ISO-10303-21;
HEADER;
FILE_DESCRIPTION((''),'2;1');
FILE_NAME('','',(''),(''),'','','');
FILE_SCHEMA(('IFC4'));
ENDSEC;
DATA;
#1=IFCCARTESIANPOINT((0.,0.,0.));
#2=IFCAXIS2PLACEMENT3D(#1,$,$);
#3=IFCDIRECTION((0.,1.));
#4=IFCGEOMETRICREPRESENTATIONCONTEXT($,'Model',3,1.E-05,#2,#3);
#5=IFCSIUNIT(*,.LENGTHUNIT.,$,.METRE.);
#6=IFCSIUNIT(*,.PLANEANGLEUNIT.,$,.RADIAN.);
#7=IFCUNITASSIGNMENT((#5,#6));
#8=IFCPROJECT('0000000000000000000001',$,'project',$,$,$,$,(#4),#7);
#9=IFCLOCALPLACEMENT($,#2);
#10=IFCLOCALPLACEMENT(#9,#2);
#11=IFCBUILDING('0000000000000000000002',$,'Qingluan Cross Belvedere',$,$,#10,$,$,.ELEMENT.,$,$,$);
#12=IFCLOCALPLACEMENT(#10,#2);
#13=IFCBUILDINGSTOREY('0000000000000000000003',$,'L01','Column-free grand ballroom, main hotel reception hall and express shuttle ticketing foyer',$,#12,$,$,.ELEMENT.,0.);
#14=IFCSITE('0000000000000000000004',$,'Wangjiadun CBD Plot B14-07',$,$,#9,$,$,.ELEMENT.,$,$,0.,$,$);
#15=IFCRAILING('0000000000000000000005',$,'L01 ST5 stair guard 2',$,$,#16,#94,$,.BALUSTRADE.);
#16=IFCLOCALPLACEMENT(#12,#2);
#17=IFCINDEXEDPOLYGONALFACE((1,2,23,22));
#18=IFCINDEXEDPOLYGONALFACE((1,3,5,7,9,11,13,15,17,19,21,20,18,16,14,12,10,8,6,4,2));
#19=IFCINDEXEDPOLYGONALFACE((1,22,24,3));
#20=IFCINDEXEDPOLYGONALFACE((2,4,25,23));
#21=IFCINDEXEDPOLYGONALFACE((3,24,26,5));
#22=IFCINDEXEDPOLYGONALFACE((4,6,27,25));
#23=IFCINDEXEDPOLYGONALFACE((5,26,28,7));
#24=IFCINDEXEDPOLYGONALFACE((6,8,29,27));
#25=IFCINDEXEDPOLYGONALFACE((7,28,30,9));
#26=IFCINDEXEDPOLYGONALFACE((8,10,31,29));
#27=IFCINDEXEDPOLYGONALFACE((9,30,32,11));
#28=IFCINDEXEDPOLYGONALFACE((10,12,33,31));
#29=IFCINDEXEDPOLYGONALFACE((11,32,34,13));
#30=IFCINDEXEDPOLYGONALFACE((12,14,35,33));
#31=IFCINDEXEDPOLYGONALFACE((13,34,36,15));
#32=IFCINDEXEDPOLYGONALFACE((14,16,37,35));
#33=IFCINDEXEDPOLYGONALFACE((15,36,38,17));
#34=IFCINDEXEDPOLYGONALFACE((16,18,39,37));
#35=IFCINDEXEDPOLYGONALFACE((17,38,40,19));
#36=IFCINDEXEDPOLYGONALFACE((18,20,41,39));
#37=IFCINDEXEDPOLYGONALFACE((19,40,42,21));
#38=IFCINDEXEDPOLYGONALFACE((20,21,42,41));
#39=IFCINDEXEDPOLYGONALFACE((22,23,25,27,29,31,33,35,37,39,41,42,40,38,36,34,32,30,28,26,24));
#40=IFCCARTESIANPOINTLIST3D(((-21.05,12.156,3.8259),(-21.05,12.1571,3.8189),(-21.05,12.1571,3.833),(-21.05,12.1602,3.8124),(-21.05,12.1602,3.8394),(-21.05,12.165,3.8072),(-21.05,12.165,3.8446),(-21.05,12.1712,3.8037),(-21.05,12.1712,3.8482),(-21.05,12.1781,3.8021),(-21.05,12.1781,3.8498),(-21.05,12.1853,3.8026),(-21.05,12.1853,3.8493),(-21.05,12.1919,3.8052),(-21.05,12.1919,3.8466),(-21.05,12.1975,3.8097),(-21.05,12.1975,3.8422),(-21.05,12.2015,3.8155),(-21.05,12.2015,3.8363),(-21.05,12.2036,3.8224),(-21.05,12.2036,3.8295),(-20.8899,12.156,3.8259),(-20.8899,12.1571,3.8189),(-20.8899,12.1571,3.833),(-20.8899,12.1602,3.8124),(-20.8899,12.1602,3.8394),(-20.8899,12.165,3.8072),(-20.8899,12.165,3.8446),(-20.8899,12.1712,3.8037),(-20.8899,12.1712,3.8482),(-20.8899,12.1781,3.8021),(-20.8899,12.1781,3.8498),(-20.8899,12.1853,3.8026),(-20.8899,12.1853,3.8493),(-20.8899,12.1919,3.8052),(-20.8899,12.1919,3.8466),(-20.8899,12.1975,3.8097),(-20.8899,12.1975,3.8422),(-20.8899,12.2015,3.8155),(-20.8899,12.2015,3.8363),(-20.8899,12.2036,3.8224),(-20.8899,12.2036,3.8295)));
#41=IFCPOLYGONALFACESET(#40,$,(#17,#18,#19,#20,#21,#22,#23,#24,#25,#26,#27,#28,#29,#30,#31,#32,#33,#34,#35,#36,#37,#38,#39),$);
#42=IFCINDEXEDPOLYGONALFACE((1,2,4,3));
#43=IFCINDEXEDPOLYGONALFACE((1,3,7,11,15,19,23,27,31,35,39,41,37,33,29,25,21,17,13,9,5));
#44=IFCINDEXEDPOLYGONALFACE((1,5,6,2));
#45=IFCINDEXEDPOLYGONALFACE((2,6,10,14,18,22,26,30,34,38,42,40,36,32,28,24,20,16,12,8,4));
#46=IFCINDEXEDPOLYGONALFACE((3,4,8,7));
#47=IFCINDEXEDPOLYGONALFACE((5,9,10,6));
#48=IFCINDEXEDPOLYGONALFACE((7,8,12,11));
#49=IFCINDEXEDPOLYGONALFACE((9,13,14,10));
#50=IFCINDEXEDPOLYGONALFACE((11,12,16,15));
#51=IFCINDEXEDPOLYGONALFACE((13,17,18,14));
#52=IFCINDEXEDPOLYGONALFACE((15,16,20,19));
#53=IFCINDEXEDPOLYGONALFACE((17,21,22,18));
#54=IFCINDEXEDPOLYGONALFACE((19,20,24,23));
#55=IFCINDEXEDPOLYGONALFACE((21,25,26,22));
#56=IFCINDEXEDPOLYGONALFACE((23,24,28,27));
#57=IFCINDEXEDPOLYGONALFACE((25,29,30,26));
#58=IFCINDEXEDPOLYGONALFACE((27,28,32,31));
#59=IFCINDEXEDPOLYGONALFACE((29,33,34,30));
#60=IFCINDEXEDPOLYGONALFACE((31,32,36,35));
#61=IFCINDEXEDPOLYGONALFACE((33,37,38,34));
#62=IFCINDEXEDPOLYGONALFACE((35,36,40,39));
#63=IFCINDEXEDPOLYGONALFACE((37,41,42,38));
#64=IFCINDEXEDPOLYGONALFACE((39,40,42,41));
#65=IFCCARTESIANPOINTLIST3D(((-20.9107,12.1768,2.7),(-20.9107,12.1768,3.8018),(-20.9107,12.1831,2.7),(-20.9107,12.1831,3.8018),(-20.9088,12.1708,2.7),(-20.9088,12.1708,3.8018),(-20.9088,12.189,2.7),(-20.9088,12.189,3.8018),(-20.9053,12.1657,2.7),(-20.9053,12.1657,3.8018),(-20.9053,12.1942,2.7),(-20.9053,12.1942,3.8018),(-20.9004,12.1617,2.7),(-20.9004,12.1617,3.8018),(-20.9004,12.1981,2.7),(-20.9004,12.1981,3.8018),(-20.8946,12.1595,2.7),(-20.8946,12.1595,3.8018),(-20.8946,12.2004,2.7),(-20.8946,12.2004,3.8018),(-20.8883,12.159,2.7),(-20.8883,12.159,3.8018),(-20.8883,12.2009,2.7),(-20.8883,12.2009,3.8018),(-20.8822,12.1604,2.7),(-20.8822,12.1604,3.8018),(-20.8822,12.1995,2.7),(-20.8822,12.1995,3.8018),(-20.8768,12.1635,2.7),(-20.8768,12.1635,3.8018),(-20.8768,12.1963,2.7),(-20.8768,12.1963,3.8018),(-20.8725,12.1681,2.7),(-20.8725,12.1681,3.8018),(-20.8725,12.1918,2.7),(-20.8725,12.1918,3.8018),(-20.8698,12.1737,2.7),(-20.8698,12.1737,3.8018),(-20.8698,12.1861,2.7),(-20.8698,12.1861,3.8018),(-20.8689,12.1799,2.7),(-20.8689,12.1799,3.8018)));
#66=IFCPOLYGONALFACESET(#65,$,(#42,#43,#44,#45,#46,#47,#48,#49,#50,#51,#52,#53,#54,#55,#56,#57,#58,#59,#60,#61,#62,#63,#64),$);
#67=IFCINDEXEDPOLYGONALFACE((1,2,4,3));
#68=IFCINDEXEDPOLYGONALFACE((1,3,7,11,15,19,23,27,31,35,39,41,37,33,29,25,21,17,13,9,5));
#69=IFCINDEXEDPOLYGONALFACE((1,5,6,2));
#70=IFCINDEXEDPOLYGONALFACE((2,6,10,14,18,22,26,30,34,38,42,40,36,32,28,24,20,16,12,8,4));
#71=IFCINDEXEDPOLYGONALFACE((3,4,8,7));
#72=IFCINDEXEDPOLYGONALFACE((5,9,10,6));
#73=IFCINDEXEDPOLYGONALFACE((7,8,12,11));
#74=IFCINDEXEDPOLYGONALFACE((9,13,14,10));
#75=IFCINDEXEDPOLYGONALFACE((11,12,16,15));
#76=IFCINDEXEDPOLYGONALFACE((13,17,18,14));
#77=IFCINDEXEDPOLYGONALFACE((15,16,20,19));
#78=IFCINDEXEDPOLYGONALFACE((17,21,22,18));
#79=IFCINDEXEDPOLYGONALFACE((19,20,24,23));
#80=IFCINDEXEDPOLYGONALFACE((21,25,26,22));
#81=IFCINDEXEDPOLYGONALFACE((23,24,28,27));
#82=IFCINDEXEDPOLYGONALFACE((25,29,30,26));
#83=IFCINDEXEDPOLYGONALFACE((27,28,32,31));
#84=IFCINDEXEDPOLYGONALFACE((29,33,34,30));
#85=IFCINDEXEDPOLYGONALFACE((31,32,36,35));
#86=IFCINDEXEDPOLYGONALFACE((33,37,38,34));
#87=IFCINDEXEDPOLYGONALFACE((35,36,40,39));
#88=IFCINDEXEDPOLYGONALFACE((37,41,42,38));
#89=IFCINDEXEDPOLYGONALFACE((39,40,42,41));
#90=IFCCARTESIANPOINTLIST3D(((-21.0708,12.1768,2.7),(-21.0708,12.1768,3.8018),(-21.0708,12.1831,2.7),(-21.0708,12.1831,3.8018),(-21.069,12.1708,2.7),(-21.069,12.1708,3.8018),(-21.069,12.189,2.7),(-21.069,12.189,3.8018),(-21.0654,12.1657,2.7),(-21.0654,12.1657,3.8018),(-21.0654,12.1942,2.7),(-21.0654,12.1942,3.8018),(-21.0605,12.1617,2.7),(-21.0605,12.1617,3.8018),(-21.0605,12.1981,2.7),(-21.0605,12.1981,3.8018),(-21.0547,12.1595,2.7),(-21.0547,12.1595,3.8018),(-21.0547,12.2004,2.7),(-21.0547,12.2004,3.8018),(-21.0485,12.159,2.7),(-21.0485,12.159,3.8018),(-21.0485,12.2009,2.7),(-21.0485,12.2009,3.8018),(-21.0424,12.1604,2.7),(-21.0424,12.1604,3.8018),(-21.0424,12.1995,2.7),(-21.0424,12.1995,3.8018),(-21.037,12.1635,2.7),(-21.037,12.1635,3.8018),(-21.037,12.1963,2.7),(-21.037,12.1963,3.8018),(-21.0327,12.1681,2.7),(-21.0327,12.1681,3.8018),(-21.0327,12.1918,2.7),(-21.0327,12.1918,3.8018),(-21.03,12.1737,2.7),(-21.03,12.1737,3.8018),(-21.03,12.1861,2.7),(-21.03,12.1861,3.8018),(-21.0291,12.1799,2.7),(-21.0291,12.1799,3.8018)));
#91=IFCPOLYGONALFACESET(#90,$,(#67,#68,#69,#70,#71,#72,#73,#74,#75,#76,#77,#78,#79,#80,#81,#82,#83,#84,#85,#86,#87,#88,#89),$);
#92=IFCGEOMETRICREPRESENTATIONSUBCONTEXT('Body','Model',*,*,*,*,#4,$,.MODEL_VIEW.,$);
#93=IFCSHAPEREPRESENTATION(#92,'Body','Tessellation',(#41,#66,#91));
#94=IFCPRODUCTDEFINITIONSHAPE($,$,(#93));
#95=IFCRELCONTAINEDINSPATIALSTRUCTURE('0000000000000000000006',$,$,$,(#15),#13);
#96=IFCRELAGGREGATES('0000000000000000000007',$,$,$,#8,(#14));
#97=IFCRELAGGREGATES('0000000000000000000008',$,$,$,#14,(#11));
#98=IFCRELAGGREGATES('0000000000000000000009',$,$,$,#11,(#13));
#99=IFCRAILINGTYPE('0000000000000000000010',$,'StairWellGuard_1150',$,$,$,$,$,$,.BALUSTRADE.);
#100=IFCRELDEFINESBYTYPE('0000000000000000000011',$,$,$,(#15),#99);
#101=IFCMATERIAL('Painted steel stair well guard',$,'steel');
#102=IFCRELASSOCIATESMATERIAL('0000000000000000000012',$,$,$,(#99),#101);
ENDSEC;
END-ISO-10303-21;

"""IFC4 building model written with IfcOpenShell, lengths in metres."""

from ifc_helpers import new_model, si_unit, direction, frame, origin, origin_2d, place, context, subcontext, project, spatial, circle, extrude, material, type_object, element, save


model = new_model("IFC4")

# Units and contexts
model_context = context("Model", 3, precision=1e-05, world=origin(), true_north=direction((0.0, 1.0)))
body_context = subcontext(model_context, "Body", "Model", "MODEL_VIEW")
ifc_project = project(units=[si_unit("LENGTHUNIT", "METRE"), si_unit("PLANEANGLEUNIT", "RADIAN")], contexts=[model_context])

# Site, building, storey
site_placement = place(None, origin())
site = spatial("IfcSite", under=ifc_project, at=site_placement, Name="Wangjiadun CBD Plot B14-07", CompositionType="ELEMENT", RefElevation=0.0)
building_placement = place(site_placement, origin())
building = spatial("IfcBuilding", under=site, at=building_placement, Name="Qingluan Cross Belvedere", CompositionType="ELEMENT")
storey_placement = place(building_placement, origin())
storey = spatial("IfcBuildingStorey", under=building, at=storey_placement, Name="L01", Description="Column-free grand ballroom, main hotel reception hall and express shuttle ticketing foyer", CompositionType="ELEMENT", Elevation=0.0)

# Railing
ifc_material_1 = material(Name="Painted steel stair well guard", Category="steel")
railing_type_1 = type_object("IfcRailingType", Name="StairWellGuard_1150", PredefinedType="BALUSTRADE", material=ifc_material_1)
railing_1_placement = place(storey_placement, frame((-20.8899, 12.1799, 2.7)))
element("IfcRailing", 1, at=railing_1_placement, inside=storey, type_object=railing_type_1, Name="L01 ST5 stair guard 2", PredefinedType="BALUSTRADE", context=body_context, shape_type="SweptSolid", body=[
    extrude(circle(Radius=0.0239, at=origin_2d()), frame((0.0, 0.0, 1.126), z_axis=(-1.0, 0.0, 0.0), x_axis=(0.0, -1.0, 0.0)), (0.0, 0.0, 1.0), 0.1602),
    extrude(circle(Radius=0.021, at=origin_2d()), origin(), (0.0, 0.0, 1.0), 1.1018),
    extrude(circle(Radius=0.021, at=origin_2d()), frame((-0.1602, 0.0, 0.0)), (0.0, 0.0, 1.0), 1.1018),
])

save(model, "model.ifc")
